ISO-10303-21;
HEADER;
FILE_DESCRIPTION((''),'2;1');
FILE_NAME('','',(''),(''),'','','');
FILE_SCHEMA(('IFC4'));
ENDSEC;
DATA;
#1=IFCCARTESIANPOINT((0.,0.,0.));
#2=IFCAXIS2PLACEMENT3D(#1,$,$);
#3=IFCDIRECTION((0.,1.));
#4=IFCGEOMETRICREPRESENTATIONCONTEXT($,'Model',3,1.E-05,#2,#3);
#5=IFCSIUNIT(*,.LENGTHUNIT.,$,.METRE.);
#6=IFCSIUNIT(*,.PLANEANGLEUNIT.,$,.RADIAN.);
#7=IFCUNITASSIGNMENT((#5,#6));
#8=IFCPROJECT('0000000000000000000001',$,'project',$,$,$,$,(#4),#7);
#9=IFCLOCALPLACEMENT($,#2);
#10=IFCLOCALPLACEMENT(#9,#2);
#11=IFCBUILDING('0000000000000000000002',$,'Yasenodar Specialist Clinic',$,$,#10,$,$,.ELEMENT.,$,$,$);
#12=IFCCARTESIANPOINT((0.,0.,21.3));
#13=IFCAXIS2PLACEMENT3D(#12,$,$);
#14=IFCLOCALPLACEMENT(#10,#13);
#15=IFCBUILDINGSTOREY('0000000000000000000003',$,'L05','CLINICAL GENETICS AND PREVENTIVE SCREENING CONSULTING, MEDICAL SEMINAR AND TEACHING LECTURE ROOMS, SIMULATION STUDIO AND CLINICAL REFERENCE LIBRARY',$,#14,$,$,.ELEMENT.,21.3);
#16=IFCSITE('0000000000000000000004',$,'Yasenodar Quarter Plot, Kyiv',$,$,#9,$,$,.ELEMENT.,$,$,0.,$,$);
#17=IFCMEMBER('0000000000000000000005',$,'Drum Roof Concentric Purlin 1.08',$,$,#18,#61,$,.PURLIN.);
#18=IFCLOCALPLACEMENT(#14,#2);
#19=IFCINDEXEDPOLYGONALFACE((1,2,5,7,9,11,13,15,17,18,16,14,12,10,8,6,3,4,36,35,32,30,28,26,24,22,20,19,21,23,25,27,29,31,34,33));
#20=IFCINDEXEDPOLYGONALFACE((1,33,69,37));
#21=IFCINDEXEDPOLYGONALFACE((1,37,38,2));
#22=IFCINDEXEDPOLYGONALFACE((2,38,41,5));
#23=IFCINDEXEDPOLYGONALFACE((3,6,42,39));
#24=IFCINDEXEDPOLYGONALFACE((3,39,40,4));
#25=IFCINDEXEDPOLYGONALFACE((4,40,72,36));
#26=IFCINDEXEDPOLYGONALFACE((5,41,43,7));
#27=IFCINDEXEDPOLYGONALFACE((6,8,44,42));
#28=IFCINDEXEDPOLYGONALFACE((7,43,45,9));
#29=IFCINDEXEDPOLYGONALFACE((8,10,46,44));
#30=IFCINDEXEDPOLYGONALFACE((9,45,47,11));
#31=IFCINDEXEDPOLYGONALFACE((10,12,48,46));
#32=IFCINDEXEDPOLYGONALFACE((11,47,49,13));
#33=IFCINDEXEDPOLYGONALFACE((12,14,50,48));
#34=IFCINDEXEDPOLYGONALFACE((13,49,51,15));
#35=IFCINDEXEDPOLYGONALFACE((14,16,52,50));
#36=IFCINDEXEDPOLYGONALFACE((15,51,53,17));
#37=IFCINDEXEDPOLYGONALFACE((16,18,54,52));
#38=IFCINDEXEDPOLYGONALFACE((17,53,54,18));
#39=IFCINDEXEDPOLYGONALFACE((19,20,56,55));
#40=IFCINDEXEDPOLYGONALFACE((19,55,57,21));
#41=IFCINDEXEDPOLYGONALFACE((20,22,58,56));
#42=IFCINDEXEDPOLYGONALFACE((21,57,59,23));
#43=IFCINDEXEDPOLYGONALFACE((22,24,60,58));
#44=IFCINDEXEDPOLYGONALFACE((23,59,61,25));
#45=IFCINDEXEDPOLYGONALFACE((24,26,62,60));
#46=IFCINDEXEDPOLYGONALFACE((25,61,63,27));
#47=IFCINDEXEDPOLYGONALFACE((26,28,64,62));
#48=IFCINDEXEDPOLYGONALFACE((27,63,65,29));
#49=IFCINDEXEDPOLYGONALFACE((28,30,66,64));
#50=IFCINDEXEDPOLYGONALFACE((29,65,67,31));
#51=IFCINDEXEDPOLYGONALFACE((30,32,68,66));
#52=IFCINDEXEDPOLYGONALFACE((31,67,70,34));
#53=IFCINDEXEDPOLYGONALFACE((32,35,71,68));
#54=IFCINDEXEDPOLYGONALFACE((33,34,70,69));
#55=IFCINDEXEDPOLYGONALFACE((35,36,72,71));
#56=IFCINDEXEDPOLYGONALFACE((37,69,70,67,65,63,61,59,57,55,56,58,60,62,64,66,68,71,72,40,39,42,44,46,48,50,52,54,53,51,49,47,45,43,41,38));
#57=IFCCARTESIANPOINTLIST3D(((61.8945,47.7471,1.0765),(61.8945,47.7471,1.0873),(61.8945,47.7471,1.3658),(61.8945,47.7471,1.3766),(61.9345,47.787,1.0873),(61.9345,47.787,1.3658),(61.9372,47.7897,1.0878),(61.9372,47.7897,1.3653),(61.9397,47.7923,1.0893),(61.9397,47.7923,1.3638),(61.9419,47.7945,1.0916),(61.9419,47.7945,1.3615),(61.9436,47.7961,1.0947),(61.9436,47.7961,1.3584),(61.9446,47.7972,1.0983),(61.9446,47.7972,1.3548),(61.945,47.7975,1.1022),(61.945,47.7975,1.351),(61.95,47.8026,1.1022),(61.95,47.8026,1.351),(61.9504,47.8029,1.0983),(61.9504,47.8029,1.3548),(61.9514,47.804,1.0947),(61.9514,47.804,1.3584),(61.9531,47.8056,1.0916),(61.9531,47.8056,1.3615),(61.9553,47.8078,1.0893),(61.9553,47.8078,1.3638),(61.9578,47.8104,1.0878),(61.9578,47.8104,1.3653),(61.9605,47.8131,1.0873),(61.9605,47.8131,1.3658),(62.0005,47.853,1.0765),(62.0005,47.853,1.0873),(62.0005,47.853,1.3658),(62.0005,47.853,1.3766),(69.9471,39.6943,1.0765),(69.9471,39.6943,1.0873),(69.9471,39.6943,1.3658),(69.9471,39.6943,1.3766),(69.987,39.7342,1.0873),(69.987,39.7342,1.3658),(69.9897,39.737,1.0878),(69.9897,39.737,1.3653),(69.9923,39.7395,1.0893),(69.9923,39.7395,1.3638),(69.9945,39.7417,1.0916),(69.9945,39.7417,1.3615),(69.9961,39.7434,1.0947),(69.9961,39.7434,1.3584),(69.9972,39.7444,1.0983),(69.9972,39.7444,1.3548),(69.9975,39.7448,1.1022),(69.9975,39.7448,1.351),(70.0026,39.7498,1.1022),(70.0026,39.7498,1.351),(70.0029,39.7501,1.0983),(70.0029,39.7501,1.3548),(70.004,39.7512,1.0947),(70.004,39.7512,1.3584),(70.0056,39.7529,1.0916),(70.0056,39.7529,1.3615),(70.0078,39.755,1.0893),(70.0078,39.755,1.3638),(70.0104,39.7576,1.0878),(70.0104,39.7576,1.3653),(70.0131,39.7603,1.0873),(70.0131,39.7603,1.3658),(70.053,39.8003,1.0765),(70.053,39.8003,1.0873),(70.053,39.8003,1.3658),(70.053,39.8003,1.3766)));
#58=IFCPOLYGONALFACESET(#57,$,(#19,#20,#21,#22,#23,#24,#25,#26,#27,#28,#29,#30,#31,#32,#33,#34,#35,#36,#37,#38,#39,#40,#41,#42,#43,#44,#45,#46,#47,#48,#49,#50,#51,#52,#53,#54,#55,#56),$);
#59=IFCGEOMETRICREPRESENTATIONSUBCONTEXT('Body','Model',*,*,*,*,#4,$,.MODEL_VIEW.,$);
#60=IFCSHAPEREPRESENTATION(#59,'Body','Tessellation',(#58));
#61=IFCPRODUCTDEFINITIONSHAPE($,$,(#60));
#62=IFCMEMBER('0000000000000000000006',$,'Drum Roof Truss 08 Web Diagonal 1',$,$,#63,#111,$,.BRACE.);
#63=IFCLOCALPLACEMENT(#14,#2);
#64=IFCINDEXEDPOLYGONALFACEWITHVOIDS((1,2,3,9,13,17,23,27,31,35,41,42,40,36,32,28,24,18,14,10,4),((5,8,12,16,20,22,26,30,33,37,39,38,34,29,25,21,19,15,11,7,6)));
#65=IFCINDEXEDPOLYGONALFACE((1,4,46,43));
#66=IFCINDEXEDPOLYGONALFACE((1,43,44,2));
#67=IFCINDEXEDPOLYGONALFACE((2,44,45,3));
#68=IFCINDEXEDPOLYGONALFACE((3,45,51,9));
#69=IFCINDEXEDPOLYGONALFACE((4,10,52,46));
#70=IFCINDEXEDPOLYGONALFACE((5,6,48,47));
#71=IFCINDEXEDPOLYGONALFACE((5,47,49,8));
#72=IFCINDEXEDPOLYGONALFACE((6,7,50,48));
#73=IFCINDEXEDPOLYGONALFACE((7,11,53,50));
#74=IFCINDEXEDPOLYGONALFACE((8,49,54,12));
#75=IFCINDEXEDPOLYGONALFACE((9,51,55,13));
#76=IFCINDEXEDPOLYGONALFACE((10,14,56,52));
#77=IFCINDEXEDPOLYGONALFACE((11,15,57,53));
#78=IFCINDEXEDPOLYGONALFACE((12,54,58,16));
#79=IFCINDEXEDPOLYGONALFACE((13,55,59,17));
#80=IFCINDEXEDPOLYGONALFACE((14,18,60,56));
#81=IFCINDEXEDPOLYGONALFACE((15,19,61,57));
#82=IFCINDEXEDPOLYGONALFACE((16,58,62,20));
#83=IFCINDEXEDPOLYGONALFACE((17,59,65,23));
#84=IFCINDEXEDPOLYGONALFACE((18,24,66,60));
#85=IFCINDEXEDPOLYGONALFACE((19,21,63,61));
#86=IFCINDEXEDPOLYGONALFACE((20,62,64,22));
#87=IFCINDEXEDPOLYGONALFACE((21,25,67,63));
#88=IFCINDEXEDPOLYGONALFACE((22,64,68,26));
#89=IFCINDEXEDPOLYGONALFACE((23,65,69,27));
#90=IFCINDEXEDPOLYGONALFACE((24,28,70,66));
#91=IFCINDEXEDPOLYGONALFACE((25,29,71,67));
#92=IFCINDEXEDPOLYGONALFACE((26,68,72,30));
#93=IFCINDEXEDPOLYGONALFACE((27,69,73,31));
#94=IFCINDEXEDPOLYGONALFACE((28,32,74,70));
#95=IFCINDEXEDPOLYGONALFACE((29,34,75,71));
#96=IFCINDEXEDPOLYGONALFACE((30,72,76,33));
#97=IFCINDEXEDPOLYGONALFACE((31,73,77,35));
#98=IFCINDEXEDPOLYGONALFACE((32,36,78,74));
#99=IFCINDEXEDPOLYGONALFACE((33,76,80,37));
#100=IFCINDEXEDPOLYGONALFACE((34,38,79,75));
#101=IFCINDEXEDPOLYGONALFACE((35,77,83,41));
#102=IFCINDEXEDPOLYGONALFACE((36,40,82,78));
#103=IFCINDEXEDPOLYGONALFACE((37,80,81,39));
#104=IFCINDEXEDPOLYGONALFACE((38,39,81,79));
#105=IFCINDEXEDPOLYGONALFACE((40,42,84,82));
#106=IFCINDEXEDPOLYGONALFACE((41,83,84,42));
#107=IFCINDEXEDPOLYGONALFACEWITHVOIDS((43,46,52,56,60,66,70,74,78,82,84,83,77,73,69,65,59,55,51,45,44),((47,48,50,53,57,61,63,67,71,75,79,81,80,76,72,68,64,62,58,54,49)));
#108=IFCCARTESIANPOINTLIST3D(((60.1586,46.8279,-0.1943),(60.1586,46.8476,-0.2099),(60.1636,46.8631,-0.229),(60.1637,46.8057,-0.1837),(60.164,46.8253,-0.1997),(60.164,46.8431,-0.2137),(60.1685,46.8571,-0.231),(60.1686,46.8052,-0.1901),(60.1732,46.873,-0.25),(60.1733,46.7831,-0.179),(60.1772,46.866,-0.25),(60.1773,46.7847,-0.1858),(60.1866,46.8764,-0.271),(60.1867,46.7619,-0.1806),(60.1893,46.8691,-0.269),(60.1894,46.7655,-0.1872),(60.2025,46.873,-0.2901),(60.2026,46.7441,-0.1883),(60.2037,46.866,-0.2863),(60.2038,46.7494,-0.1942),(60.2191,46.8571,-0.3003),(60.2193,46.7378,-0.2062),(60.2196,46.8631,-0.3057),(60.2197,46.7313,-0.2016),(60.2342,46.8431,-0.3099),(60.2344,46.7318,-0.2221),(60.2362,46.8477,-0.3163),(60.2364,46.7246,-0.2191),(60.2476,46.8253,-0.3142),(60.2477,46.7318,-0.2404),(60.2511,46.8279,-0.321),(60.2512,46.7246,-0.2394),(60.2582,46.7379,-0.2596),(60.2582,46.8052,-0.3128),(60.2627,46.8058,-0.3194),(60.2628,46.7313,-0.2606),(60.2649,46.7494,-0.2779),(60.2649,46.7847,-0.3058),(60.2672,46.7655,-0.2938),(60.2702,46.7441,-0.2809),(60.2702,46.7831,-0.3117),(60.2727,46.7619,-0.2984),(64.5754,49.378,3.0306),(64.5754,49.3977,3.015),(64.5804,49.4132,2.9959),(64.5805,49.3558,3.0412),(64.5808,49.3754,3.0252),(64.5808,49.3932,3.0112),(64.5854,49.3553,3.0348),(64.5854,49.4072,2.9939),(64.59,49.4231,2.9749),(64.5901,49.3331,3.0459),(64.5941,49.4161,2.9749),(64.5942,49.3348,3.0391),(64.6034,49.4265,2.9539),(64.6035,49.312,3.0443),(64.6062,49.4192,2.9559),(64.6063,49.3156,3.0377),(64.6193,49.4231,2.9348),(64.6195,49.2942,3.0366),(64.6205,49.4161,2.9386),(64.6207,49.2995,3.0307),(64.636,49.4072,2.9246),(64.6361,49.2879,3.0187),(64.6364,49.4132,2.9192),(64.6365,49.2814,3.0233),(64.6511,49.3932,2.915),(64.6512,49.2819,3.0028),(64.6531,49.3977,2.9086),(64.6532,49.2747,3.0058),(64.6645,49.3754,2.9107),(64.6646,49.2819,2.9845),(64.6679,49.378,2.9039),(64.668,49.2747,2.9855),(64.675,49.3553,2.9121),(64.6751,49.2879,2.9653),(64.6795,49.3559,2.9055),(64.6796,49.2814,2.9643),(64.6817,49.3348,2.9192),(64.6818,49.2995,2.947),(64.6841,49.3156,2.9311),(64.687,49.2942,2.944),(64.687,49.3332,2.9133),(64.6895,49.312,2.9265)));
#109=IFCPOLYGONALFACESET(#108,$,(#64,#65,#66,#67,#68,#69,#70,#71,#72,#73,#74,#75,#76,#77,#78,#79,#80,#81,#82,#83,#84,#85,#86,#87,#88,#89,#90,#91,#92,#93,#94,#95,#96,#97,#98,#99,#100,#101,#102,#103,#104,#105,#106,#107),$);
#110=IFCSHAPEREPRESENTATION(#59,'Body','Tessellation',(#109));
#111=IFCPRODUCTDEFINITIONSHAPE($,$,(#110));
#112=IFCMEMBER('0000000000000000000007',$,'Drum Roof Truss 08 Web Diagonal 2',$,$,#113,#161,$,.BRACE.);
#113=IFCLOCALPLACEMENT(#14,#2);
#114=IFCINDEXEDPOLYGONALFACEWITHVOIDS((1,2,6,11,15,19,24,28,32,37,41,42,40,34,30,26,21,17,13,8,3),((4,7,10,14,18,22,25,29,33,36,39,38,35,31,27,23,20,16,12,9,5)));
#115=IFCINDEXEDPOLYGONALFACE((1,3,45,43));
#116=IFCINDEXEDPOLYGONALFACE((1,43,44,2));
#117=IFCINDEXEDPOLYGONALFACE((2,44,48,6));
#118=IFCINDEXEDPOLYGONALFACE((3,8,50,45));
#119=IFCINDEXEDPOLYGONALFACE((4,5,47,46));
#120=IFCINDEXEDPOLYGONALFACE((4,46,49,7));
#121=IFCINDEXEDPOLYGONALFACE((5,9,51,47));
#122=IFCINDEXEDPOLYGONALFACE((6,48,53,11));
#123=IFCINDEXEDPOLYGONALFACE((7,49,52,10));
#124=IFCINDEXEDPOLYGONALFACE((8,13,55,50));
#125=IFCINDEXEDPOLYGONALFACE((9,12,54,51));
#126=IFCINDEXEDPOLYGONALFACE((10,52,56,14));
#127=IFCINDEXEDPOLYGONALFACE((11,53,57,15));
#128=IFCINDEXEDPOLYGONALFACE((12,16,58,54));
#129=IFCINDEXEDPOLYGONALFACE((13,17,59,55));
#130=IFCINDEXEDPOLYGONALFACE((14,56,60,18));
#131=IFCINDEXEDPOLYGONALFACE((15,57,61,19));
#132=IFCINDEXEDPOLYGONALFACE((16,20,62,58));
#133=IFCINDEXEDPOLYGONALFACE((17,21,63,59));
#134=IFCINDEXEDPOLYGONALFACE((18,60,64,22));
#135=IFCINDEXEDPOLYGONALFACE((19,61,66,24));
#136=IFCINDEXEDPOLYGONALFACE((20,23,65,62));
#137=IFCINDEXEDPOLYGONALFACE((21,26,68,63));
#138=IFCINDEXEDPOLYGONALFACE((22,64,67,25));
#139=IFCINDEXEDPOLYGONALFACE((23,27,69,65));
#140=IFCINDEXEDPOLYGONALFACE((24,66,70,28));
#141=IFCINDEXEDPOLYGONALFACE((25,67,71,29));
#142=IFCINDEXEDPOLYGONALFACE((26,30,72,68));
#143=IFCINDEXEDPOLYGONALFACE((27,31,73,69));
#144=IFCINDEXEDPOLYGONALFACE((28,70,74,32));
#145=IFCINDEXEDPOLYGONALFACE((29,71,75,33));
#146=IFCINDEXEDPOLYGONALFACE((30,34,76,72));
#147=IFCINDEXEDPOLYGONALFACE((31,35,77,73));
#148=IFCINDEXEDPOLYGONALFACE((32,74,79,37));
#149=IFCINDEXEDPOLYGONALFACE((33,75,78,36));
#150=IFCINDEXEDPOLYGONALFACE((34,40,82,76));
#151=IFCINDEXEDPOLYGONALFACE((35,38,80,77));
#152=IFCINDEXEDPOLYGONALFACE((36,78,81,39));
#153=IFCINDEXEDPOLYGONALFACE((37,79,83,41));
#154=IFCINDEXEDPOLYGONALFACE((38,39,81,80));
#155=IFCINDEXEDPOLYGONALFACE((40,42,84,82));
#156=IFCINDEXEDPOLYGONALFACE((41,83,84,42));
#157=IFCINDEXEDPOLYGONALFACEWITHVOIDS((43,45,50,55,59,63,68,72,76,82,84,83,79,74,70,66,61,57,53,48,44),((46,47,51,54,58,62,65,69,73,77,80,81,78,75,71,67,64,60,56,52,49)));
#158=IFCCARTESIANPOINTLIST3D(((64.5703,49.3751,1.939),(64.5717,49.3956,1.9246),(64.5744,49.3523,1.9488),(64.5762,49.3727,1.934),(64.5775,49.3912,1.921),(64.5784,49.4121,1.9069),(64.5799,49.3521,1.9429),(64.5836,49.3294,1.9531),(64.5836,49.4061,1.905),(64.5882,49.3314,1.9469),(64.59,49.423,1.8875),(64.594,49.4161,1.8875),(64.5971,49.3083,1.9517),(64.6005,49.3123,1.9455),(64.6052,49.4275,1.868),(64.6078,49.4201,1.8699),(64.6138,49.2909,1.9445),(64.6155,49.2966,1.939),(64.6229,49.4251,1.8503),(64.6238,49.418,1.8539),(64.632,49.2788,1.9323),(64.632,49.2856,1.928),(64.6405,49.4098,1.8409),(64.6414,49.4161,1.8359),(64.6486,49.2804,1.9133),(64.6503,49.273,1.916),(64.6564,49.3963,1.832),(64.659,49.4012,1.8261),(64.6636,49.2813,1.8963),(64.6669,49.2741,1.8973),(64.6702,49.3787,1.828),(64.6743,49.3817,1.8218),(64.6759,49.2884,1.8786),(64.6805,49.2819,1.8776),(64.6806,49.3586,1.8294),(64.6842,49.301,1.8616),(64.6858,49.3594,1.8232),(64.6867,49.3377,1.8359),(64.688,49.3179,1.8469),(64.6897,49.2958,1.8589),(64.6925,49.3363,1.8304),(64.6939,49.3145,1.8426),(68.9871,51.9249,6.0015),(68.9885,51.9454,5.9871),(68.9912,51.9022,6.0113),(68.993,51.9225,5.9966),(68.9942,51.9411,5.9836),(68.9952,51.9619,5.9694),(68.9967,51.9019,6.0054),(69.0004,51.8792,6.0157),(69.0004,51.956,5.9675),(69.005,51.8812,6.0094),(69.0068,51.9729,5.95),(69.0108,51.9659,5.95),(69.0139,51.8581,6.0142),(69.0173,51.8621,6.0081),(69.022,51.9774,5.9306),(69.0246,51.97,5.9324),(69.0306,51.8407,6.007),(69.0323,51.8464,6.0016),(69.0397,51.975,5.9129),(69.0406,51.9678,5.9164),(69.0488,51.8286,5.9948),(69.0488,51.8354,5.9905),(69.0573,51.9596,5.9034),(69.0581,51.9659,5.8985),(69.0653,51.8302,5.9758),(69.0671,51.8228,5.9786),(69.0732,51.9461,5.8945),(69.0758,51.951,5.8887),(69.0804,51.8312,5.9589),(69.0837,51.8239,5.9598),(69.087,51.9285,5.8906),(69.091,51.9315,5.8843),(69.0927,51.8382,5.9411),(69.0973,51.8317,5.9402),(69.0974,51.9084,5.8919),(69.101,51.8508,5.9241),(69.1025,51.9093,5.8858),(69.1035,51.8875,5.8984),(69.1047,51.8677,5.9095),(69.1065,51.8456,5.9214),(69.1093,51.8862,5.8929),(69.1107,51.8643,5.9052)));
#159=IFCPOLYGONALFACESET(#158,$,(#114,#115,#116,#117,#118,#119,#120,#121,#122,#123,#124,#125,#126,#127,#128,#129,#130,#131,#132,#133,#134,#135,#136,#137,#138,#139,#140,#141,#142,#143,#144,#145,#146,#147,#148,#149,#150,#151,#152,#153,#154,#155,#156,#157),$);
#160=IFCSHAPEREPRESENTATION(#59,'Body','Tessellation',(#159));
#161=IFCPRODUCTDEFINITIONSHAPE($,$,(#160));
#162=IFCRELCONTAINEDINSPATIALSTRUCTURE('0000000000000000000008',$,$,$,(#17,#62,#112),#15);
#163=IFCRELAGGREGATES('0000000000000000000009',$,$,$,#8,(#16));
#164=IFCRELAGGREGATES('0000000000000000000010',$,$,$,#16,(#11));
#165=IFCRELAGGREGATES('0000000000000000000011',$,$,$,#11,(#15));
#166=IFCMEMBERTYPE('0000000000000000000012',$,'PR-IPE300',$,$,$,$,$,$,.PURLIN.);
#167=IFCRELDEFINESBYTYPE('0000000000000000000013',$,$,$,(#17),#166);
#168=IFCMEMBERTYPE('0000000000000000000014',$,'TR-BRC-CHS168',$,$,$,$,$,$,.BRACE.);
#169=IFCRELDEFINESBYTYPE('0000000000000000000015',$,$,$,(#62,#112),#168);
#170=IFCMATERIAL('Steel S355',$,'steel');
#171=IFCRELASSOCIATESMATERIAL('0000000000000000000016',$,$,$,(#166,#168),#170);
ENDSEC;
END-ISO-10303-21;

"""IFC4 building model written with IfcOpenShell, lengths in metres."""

from ifc_helpers import new_model, si_unit, direction, frame, origin, origin_2d, place, context, subcontext, project, spatial, hollow_circle, i_section, extrude, material, material_profile, profile_set, type_object, element, save


model = new_model("IFC4")

# Units and contexts
model_context = context("Model", 3, precision=1e-05, world=origin(), true_north=direction((0.0, 1.0)))
body_context = subcontext(model_context, "Body", "Model", "MODEL_VIEW")
ifc_project = project(units=[si_unit("LENGTHUNIT", "METRE"), si_unit("PLANEANGLEUNIT", "RADIAN")], contexts=[model_context])

# Site, building, storey
site_placement = place(None, origin())
site = spatial("IfcSite", under=ifc_project, at=site_placement, Name="Yasenodar Quarter Plot, Kyiv", CompositionType="ELEMENT", RefElevation=0.0)
building_placement = place(site_placement, origin())
building = spatial("IfcBuilding", under=site, at=building_placement, Name="Yasenodar Specialist Clinic", CompositionType="ELEMENT")
storey_placement = place(building_placement, frame((0.0, 0.0, 21.3)))
storey = spatial("IfcBuildingStorey", under=building, at=storey_placement, Name="L05", Description="CLINICAL GENETICS AND PREVENTIVE SCREENING CONSULTING, MEDICAL SEMINAR AND TEACHING LECTURE ROOMS, SIMULATION STUDIO AND CLINICAL REFERENCE LIBRARY", CompositionType="ELEMENT", Elevation=21.3)

# Shared definitions
ifc_material_1 = material(Name="Steel S355", Category="steel")

# Members
ifc_material_profile_1 = material_profile(ifc_material_1, i_section(OverallWidth=0.1499, OverallDepth=0.3, WebThickness=0.0071, FlangeThickness=0.0107, FilletRadius=0.0149, at=origin_2d()), Name="IPE 300")
ifc_profile_set_1 = profile_set([ifc_material_profile_1], Name="Steel S355")
member_type_1 = type_object("IfcMemberType", Name="PR-IPE300", PredefinedType="PURLIN", material=ifc_profile_set_1)
member_1_placement = place(storey_placement, frame((61.9475, 47.8, 1.2266), z_axis=(0.707096, -0.707118, 0.0), x_axis=(0.707118, 0.707096, 0.0)))
element("IfcMember", 1, at=member_1_placement, inside=storey, type_object=member_type_1, Name="Drum Roof Concentric Purlin 1.08", PredefinedType="PURLIN", context=body_context, shape_type="SweptSolid", body=[
    extrude(i_section(OverallWidth=0.1499, OverallDepth=0.3, WebThickness=0.0071, FlangeThickness=0.0107, FilletRadius=0.0149, at=origin_2d()), origin(), (0.0, 0.0, 1.0), 11.3882),
])
ifc_material_profile_2 = material_profile(ifc_material_1, hollow_circle(Radius=0.0842, WallThickness=0.0081, at=origin_2d()), Name="CHS 168.3x8")
ifc_profile_set_2 = profile_set([ifc_material_profile_2], Name="Steel S355")
member_type_2 = type_object("IfcMemberType", Name="TR-BRC-CHS168", PredefinedType="BRACE", material=ifc_profile_set_2)
member_2_placement = place(storey_placement, frame((60.2153, 46.8, -0.25), z_axis=(0.731967, 0.422608, 0.53444), x_axis=(-0.500006, 0.866022, 0.0)))
element("IfcMember", 2, at=member_2_placement, inside=storey, type_object=member_type_2, Name="Drum Roof Truss 08 Web Diagonal 1", PredefinedType="BRACE", context=body_context, shape_type="SweptSolid", body=[
    extrude(hollow_circle(Radius=0.0842, WallThickness=0.0081, at=origin_2d()), origin(), (0.0, 0.0, 1.0), 6.0342),
])
member_3_placement = place(storey_placement, frame((64.6321, 49.3501, 1.8875), z_axis=(0.677394, 0.391062, 0.623063), x_axis=(-0.49997, 0.866043, 0.0)))
element("IfcMember", 3, at=member_3_placement, inside=storey, type_object=member_type_2, Name="Drum Roof Truss 08 Web Diagonal 2", PredefinedType="BRACE", context=body_context, shape_type="SweptSolid", body=[
    extrude(hollow_circle(Radius=0.0842, WallThickness=0.0081, at=origin_2d()), origin(), (0.0, 0.0, 1.0), 6.5203),
])

save(model, "model.ifc")
